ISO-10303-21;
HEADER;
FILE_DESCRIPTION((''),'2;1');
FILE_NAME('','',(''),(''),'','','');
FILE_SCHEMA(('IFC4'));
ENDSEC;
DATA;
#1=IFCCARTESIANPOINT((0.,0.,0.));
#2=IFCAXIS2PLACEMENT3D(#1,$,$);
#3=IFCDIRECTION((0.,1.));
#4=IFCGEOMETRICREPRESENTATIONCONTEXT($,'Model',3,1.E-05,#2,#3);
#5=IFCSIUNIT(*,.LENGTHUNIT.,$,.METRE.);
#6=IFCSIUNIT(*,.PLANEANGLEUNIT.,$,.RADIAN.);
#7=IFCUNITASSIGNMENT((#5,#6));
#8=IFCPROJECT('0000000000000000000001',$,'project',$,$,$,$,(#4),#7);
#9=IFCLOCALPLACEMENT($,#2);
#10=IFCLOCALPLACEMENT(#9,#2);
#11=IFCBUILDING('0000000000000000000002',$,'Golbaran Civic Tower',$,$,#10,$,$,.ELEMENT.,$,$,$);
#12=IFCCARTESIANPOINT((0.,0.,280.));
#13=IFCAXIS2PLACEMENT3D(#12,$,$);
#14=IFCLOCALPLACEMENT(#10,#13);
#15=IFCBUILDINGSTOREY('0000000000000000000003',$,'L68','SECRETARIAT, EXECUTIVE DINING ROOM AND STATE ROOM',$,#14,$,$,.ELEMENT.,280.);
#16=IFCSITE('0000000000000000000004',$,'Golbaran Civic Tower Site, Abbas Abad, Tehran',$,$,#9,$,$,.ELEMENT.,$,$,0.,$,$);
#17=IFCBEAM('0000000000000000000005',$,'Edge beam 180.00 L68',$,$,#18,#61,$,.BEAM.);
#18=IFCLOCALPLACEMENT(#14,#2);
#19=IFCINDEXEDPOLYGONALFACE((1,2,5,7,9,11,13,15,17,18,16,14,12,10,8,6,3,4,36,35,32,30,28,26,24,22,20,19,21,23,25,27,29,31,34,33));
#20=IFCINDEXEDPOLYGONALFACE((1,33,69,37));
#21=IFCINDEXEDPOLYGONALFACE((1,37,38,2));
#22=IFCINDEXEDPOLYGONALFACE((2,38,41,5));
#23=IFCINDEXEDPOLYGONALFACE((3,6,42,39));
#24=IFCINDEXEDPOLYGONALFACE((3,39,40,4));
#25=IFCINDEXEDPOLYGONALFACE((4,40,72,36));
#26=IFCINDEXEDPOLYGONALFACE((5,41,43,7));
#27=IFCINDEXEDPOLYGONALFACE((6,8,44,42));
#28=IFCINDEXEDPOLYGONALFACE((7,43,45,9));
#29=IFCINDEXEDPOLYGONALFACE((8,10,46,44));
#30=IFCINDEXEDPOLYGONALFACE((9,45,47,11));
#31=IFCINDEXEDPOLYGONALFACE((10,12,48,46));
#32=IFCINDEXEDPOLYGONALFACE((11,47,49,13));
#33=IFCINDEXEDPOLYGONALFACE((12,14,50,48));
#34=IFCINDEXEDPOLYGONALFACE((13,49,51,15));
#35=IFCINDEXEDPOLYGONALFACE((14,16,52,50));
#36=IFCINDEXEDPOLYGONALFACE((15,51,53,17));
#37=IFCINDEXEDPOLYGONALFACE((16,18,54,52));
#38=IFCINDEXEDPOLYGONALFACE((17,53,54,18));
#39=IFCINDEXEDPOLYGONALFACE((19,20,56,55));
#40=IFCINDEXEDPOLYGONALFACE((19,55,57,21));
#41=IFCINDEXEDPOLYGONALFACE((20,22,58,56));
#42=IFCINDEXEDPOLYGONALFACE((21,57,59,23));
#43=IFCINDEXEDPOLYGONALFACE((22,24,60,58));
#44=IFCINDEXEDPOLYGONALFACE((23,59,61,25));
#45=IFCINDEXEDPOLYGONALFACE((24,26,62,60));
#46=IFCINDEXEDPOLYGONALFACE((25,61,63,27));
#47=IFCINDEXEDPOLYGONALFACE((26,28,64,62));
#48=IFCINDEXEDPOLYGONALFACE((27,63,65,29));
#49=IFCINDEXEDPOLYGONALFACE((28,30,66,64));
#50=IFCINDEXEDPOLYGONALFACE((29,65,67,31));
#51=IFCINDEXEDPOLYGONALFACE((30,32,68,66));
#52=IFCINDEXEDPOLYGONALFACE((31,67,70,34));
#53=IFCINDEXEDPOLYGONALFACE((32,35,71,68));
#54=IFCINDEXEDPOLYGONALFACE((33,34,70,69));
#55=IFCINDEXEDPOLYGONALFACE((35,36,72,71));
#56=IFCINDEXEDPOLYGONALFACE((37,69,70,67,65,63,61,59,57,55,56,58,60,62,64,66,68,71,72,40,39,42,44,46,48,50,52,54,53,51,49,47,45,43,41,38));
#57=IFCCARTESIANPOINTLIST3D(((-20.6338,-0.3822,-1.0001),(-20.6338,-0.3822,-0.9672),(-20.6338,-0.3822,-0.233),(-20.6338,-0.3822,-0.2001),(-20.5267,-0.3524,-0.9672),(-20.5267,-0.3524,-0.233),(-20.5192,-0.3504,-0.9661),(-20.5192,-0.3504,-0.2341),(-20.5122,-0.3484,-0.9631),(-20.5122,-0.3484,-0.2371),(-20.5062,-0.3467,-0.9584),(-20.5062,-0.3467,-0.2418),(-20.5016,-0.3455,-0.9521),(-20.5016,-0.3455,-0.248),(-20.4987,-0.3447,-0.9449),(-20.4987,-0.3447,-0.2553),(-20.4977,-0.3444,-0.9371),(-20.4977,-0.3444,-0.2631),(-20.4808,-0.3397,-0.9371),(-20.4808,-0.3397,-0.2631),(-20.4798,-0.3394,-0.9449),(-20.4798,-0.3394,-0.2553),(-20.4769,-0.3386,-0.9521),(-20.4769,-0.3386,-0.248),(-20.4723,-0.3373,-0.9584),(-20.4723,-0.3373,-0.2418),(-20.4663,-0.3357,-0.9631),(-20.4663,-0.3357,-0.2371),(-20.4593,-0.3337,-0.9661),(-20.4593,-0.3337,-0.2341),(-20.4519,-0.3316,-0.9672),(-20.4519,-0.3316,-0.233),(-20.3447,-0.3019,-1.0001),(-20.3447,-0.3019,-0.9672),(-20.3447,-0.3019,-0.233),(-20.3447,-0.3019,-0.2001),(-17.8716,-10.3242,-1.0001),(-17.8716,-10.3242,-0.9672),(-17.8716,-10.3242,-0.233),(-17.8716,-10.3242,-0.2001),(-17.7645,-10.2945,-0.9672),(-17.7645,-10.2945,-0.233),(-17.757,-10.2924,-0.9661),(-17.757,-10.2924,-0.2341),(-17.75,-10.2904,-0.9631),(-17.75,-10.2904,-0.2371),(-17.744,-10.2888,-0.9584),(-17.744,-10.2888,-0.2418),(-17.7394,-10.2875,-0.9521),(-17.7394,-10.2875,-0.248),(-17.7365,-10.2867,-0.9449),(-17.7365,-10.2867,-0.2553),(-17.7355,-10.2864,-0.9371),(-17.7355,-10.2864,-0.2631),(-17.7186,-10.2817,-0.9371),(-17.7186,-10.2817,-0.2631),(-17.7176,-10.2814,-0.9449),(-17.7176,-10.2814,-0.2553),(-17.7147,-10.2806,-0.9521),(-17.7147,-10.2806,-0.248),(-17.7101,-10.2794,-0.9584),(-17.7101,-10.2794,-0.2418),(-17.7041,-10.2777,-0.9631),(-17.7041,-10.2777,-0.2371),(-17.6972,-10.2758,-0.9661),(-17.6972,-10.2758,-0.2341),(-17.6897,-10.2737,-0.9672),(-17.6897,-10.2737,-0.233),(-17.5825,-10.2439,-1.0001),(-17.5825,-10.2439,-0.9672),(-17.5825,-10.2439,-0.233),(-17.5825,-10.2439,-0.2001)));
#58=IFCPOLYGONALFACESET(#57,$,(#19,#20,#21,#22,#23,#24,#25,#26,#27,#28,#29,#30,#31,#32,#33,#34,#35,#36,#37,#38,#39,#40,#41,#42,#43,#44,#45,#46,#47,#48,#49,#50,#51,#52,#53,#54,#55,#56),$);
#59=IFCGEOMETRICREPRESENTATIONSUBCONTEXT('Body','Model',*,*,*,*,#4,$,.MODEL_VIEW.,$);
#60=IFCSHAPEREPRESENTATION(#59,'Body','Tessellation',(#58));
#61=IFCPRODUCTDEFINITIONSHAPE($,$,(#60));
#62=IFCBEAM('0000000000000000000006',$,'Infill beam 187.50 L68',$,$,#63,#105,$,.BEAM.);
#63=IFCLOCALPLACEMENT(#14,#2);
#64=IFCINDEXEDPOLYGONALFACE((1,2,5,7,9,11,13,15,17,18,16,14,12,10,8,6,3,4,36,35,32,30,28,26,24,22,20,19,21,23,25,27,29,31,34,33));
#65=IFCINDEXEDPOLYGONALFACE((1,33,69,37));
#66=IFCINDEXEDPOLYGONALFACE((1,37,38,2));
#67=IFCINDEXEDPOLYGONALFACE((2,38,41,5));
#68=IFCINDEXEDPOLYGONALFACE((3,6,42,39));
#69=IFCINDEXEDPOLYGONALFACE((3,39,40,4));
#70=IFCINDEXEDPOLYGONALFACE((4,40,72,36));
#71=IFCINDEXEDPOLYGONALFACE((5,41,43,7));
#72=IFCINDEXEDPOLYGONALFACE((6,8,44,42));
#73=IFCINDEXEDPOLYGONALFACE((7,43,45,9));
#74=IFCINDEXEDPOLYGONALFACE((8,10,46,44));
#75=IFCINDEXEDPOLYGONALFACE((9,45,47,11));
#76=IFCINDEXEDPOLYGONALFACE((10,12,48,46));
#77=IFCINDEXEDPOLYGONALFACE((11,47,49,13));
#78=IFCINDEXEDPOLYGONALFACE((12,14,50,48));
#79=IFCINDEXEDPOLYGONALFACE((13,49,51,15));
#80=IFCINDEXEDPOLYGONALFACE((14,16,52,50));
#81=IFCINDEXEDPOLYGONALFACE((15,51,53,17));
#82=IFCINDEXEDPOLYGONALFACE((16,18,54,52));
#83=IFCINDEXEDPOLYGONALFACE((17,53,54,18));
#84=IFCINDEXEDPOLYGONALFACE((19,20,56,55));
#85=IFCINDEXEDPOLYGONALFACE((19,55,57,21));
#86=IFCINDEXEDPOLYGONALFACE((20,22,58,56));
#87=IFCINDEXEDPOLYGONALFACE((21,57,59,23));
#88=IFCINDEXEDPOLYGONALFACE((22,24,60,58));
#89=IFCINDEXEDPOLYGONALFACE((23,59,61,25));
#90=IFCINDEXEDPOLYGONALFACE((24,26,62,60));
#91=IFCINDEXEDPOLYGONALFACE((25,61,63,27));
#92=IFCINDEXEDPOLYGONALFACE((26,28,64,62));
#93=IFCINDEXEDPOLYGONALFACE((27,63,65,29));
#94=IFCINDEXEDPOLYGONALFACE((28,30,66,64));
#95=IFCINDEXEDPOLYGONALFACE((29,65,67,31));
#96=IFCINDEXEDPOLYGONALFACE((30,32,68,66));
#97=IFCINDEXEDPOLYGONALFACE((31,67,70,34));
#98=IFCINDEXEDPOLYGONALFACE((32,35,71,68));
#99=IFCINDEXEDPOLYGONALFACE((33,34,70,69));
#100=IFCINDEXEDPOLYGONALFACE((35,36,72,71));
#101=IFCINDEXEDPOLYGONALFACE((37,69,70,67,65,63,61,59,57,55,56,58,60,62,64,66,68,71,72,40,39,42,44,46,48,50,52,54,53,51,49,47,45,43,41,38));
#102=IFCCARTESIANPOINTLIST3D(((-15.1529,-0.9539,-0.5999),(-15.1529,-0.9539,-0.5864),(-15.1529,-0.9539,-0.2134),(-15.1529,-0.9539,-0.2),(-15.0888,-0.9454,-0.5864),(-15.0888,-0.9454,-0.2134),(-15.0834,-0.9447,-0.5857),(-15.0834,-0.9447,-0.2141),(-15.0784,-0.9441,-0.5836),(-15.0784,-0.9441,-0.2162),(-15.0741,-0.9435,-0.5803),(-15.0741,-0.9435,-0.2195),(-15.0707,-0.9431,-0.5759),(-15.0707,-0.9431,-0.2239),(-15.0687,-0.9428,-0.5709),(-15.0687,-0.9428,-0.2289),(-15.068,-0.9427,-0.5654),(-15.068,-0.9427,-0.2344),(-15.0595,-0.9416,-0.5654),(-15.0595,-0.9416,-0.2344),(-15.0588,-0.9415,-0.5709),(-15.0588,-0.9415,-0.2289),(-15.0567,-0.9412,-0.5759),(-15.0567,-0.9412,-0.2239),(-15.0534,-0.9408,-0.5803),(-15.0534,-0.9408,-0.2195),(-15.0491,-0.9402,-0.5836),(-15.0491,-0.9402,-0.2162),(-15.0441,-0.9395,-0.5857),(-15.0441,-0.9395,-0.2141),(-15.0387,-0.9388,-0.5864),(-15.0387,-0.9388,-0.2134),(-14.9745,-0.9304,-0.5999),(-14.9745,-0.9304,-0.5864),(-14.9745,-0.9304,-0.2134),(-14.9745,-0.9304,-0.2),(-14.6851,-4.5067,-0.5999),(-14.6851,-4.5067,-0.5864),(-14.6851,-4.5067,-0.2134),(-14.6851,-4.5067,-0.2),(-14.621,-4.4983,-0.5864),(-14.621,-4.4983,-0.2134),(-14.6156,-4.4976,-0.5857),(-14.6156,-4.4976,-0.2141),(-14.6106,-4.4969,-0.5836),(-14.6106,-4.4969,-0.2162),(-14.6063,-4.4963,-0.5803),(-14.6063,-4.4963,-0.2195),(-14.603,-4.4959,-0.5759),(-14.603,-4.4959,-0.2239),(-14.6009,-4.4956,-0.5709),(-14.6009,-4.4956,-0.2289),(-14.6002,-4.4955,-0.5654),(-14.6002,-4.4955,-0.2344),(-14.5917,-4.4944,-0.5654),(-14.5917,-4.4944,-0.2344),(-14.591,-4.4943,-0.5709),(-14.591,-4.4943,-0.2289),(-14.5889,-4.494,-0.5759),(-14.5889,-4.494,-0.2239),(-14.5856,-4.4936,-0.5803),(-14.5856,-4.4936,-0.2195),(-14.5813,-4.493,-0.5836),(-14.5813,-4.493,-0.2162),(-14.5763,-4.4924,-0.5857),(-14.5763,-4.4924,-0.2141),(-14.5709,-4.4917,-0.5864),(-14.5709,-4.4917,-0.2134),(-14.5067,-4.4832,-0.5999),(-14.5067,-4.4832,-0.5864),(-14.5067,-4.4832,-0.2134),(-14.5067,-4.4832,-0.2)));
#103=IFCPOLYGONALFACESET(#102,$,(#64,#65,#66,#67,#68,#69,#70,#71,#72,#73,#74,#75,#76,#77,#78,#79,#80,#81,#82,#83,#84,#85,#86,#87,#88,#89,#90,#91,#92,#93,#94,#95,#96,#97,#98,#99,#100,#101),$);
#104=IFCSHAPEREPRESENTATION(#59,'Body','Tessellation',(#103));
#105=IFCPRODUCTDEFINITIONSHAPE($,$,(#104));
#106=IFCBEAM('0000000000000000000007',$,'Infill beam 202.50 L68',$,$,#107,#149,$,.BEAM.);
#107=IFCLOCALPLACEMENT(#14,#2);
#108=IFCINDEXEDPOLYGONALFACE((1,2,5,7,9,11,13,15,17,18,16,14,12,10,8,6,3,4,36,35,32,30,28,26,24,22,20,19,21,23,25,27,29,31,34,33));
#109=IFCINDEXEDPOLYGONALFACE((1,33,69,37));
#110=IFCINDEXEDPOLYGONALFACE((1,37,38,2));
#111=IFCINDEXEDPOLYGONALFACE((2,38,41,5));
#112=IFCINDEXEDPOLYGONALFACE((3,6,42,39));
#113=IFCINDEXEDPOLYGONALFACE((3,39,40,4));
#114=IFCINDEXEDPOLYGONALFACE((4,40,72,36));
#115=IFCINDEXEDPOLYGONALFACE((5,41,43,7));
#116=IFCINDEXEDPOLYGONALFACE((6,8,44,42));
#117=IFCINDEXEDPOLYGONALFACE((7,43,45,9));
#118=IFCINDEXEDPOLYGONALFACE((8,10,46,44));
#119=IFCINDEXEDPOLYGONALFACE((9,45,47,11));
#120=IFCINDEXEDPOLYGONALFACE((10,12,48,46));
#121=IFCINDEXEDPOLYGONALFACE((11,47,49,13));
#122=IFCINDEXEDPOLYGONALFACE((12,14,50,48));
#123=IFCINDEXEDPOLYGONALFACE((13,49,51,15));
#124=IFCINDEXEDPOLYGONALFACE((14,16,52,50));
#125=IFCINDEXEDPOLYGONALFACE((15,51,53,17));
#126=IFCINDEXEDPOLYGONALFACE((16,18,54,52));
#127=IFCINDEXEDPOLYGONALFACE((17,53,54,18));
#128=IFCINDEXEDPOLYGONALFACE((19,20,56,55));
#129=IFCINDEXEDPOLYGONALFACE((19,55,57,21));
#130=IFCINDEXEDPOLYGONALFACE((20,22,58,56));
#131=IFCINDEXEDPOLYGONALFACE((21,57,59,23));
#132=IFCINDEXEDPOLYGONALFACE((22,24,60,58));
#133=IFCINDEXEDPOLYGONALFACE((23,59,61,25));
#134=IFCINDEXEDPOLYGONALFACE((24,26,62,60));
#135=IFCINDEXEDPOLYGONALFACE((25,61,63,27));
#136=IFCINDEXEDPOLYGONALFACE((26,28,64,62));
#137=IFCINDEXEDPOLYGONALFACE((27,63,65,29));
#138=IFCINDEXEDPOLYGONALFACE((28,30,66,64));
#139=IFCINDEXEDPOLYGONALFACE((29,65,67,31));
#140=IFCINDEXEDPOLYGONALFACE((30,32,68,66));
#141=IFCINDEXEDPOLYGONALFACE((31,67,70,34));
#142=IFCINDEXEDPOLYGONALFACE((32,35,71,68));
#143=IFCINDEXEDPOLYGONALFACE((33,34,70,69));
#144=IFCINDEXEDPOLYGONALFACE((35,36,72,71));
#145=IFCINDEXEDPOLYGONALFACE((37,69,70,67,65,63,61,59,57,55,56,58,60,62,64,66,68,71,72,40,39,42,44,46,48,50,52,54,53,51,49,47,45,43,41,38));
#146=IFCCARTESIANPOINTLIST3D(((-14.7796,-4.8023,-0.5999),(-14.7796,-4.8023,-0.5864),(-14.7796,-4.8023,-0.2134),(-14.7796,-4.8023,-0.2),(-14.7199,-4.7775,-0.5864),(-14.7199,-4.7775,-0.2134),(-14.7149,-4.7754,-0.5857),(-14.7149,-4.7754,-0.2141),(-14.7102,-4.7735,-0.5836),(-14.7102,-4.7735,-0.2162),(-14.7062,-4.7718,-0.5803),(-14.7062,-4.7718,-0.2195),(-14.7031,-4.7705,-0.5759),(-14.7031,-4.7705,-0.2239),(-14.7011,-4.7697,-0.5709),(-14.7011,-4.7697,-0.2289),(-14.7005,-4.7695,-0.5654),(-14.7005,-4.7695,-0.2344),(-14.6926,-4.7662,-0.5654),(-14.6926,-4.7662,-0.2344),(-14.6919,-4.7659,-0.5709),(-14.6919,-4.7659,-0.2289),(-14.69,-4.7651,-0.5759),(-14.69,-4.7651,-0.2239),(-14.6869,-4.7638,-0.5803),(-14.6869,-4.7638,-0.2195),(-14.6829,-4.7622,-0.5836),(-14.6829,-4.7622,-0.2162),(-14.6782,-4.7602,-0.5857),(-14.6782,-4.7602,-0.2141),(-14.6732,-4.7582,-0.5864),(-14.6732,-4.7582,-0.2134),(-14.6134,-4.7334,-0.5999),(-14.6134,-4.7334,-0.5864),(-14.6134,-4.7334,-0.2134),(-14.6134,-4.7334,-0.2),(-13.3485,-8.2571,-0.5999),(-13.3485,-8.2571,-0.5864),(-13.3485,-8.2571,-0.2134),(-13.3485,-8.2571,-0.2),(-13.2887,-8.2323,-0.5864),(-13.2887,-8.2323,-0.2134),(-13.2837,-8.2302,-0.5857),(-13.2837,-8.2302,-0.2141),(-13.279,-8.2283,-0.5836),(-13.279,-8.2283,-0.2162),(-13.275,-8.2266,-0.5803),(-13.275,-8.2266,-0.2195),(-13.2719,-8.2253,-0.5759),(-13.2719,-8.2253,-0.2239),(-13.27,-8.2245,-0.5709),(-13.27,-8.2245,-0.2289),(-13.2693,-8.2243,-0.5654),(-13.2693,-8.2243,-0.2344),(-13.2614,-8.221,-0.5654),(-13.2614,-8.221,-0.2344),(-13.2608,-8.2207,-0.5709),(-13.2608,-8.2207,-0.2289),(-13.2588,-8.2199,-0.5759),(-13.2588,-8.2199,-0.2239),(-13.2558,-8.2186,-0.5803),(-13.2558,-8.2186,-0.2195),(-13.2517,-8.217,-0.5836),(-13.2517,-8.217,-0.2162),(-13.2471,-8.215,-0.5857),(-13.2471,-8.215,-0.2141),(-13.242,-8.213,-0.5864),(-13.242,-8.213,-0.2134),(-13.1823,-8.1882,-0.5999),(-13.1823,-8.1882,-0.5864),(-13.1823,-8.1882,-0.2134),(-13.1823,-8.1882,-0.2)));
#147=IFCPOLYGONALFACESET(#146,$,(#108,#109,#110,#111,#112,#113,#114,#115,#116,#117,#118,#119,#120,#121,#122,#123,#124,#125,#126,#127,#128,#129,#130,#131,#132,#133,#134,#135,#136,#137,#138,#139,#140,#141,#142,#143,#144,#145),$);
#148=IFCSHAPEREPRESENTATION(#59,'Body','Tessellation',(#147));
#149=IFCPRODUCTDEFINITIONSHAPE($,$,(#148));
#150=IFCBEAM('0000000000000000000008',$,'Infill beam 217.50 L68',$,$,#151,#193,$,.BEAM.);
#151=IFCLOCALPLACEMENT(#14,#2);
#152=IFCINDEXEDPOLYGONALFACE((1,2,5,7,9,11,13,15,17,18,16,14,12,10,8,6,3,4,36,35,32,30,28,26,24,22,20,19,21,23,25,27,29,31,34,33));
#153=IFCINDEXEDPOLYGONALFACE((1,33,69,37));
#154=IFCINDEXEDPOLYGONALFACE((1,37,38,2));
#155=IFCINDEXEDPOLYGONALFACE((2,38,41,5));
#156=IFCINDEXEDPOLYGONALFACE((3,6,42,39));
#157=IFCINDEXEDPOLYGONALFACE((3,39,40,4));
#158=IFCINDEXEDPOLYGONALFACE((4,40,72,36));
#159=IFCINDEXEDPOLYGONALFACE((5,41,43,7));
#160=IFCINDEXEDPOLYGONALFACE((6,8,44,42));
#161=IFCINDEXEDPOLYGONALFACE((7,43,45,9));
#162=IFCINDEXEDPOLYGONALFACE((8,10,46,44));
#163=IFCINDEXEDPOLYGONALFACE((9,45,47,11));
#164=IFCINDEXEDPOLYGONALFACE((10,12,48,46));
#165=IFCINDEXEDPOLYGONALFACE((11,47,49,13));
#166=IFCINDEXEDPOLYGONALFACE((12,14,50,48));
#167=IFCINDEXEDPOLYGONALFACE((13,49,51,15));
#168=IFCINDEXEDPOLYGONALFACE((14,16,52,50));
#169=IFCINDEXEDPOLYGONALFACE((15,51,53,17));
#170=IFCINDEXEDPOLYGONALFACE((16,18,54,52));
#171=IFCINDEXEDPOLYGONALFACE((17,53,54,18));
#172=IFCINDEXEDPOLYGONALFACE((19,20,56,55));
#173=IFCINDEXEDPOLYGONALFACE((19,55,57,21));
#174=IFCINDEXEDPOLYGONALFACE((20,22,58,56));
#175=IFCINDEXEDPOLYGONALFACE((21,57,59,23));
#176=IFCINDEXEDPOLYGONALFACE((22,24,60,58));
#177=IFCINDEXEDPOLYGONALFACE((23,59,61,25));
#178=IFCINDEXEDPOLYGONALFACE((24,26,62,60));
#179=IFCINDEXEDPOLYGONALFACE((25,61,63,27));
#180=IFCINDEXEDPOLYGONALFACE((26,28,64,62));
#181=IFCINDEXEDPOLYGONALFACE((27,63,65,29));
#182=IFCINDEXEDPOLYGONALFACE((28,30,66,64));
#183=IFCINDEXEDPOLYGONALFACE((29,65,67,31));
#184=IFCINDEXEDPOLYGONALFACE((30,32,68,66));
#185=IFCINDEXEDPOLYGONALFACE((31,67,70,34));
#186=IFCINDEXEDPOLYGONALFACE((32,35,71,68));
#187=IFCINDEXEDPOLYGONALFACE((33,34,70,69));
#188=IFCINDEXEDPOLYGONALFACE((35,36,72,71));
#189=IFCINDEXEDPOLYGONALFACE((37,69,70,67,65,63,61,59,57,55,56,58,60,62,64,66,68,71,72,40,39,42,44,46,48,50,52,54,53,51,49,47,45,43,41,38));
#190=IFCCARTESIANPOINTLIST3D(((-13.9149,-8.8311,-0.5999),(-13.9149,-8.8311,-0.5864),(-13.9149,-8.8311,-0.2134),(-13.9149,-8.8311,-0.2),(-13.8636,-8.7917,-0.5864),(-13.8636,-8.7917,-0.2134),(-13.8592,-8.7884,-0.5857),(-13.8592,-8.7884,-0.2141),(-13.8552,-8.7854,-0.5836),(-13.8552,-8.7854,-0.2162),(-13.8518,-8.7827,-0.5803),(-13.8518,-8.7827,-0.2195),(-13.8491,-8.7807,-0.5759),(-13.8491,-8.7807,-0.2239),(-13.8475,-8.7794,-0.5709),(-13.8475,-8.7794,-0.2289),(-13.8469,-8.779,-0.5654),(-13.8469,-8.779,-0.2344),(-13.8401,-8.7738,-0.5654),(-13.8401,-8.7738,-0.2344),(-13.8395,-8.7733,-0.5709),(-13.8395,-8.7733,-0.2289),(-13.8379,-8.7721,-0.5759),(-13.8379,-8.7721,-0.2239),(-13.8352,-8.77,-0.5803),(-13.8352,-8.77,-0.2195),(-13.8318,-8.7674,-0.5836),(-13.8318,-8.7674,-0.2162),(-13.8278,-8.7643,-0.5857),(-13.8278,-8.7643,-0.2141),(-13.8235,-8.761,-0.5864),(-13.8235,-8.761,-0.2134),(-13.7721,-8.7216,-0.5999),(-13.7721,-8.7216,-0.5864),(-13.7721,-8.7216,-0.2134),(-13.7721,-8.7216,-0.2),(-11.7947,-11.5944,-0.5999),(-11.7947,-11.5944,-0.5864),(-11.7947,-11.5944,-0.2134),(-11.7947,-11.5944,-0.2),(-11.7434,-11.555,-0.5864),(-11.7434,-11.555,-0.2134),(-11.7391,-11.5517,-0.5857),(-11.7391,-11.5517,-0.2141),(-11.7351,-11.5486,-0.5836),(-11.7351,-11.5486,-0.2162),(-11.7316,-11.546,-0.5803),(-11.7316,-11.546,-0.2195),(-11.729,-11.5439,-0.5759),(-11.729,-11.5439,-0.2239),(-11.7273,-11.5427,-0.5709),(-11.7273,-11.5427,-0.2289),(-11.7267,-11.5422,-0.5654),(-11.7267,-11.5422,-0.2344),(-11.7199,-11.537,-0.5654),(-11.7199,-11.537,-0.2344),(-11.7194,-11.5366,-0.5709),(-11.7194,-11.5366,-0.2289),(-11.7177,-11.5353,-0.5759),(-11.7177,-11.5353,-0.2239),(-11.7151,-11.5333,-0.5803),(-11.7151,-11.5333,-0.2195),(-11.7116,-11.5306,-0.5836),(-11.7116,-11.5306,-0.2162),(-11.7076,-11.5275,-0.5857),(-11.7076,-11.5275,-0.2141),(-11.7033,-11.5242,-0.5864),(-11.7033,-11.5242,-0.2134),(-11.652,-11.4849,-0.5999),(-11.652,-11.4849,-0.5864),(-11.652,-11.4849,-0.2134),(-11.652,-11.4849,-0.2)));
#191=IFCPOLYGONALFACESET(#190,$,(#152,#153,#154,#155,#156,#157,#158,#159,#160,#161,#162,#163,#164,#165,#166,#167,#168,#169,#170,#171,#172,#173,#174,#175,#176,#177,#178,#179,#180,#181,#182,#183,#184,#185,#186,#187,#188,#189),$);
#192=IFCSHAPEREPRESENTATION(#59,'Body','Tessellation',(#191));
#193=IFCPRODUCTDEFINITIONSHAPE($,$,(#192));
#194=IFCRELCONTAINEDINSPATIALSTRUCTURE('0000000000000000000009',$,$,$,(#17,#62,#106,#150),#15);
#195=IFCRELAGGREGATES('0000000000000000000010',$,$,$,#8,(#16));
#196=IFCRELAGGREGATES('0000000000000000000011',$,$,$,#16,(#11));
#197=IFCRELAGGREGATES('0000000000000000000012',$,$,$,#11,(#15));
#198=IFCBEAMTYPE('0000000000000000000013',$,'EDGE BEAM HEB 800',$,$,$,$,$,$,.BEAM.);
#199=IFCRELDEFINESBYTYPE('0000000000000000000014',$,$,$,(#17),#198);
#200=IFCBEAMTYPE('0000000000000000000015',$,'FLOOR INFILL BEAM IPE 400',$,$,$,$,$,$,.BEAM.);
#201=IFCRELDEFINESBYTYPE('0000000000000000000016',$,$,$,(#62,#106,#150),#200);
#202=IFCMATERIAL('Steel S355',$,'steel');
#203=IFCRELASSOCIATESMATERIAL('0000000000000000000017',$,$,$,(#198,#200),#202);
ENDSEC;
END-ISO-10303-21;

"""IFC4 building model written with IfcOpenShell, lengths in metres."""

from ifc_helpers import new_model, si_unit, direction, frame, origin, origin_2d, place, context, subcontext, project, spatial, i_section, extrude, material, material_profile, profile_set, type_object, element, save


model = new_model("IFC4")

# Units and contexts
model_context = context("Model", 3, precision=1e-05, world=origin(), true_north=direction((0.0, 1.0)))
body_context = subcontext(model_context, "Body", "Model", "MODEL_VIEW")
ifc_project = project(units=[si_unit("LENGTHUNIT", "METRE"), si_unit("PLANEANGLEUNIT", "RADIAN")], contexts=[model_context])

# Site, building, storey
site_placement = place(None, origin())
site = spatial("IfcSite", under=ifc_project, at=site_placement, Name="Golbaran Civic Tower Site, Abbas Abad, Tehran", CompositionType="ELEMENT", RefElevation=0.0)
building_placement = place(site_placement, origin())
building = spatial("IfcBuilding", under=site, at=building_placement, Name="Golbaran Civic Tower", CompositionType="ELEMENT")
storey_placement = place(building_placement, frame((0.0, 0.0, 280.0)))
storey = spatial("IfcBuildingStorey", under=building, at=storey_placement, Name="L68", Description="SECRETARIAT, EXECUTIVE DINING ROOM AND STATE ROOM", CompositionType="ELEMENT", Elevation=280.0)

# Beams
ifc_material_1 = material(Name="Steel S355", Category="steel")
ifc_material_profile_1 = material_profile(ifc_material_1, i_section(OverallWidth=0.3, OverallDepth=0.8, WebThickness=0.0176, FlangeThickness=0.033, FilletRadius=0.03, at=origin_2d()), Name="HEB 800")
ifc_profile_set_1 = profile_set([ifc_material_profile_1], Name="Steel S355")
beam_type_1 = type_object("IfcBeamType", Name="EDGE BEAM HEB 800", PredefinedType="BEAM", material=ifc_profile_set_1)
beam_1_placement = place(storey_placement, frame((-20.4893, -0.342, -0.6001), z_axis=(0.267689, -0.963505, 0.0), x_axis=(0.963505, 0.267689, 0.0)))
element("IfcBeam", 1, at=beam_1_placement, inside=storey, type_object=beam_type_1, Name="Edge beam 180.00 L68", PredefinedType="BEAM", context=body_context, shape_type="SweptSolid", body=[
    extrude(i_section(OverallWidth=0.3, OverallDepth=0.8, WebThickness=0.0176, FlangeThickness=0.033, FilletRadius=0.03, at=origin_2d()), origin(), (0.0, 0.0, 1.0), 10.3186),
])
ifc_material_profile_2 = material_profile(ifc_material_1, i_section(OverallWidth=0.1799, OverallDepth=0.3999, WebThickness=0.0085, FlangeThickness=0.0134, FilletRadius=0.021, at=origin_2d()), Name="IPE 400")
ifc_profile_set_2 = profile_set([ifc_material_profile_2], Name="Steel S355")
beam_type_2 = type_object("IfcBeamType", Name="FLOOR INFILL BEAM IPE 400", PredefinedType="BEAM", material=ifc_profile_set_2)
beam_2_placement = place(storey_placement, frame((-15.0637, -0.9421, -0.3999), z_axis=(0.130539, -0.991443, 0.0), x_axis=(0.991443, 0.130539, 0.0)))
element("IfcBeam", 2, at=beam_2_placement, inside=storey, type_object=beam_type_2, Name="Infill beam 187.50 L68", PredefinedType="BEAM", context=body_context, shape_type="SweptSolid", body=[
    extrude(i_section(OverallWidth=0.1799, OverallDepth=0.3999, WebThickness=0.0085, FlangeThickness=0.0134, FilletRadius=0.021, at=origin_2d()), origin(), (0.0, 0.0, 1.0), 3.5835),
])
beam_3_placement = place(storey_placement, frame((-14.6965, -4.7678, -0.3999), z_axis=(0.382709, -0.923869, 0.0), x_axis=(0.923869, 0.382709, 0.0)))
element("IfcBeam", 3, at=beam_3_placement, inside=storey, type_object=beam_type_2, Name="Infill beam 202.50 L68", PredefinedType="BEAM", context=body_context, shape_type="SweptSolid", body=[
    extrude(i_section(OverallWidth=0.1799, OverallDepth=0.3999, WebThickness=0.0085, FlangeThickness=0.0134, FilletRadius=0.021, at=origin_2d()), origin(), (0.0, 0.0, 1.0), 3.7395),
])
beam_4_placement = place(storey_placement, frame((-13.8435, -8.7764, -0.3999), z_axis=(0.608735, -0.793374, 0.0), x_axis=(0.793374, 0.608735, 0.0)))
element("IfcBeam", 4, at=beam_4_placement, inside=storey, type_object=beam_type_2, Name="Infill beam 217.50 L68", PredefinedType="BEAM", context=body_context, shape_type="SweptSolid", body=[
    extrude(i_section(OverallWidth=0.1799, OverallDepth=0.3999, WebThickness=0.0085, FlangeThickness=0.0134, FilletRadius=0.021, at=origin_2d()), origin(), (0.0, 0.0, 1.0), 3.4829),
])

save(model, "model.ifc")
